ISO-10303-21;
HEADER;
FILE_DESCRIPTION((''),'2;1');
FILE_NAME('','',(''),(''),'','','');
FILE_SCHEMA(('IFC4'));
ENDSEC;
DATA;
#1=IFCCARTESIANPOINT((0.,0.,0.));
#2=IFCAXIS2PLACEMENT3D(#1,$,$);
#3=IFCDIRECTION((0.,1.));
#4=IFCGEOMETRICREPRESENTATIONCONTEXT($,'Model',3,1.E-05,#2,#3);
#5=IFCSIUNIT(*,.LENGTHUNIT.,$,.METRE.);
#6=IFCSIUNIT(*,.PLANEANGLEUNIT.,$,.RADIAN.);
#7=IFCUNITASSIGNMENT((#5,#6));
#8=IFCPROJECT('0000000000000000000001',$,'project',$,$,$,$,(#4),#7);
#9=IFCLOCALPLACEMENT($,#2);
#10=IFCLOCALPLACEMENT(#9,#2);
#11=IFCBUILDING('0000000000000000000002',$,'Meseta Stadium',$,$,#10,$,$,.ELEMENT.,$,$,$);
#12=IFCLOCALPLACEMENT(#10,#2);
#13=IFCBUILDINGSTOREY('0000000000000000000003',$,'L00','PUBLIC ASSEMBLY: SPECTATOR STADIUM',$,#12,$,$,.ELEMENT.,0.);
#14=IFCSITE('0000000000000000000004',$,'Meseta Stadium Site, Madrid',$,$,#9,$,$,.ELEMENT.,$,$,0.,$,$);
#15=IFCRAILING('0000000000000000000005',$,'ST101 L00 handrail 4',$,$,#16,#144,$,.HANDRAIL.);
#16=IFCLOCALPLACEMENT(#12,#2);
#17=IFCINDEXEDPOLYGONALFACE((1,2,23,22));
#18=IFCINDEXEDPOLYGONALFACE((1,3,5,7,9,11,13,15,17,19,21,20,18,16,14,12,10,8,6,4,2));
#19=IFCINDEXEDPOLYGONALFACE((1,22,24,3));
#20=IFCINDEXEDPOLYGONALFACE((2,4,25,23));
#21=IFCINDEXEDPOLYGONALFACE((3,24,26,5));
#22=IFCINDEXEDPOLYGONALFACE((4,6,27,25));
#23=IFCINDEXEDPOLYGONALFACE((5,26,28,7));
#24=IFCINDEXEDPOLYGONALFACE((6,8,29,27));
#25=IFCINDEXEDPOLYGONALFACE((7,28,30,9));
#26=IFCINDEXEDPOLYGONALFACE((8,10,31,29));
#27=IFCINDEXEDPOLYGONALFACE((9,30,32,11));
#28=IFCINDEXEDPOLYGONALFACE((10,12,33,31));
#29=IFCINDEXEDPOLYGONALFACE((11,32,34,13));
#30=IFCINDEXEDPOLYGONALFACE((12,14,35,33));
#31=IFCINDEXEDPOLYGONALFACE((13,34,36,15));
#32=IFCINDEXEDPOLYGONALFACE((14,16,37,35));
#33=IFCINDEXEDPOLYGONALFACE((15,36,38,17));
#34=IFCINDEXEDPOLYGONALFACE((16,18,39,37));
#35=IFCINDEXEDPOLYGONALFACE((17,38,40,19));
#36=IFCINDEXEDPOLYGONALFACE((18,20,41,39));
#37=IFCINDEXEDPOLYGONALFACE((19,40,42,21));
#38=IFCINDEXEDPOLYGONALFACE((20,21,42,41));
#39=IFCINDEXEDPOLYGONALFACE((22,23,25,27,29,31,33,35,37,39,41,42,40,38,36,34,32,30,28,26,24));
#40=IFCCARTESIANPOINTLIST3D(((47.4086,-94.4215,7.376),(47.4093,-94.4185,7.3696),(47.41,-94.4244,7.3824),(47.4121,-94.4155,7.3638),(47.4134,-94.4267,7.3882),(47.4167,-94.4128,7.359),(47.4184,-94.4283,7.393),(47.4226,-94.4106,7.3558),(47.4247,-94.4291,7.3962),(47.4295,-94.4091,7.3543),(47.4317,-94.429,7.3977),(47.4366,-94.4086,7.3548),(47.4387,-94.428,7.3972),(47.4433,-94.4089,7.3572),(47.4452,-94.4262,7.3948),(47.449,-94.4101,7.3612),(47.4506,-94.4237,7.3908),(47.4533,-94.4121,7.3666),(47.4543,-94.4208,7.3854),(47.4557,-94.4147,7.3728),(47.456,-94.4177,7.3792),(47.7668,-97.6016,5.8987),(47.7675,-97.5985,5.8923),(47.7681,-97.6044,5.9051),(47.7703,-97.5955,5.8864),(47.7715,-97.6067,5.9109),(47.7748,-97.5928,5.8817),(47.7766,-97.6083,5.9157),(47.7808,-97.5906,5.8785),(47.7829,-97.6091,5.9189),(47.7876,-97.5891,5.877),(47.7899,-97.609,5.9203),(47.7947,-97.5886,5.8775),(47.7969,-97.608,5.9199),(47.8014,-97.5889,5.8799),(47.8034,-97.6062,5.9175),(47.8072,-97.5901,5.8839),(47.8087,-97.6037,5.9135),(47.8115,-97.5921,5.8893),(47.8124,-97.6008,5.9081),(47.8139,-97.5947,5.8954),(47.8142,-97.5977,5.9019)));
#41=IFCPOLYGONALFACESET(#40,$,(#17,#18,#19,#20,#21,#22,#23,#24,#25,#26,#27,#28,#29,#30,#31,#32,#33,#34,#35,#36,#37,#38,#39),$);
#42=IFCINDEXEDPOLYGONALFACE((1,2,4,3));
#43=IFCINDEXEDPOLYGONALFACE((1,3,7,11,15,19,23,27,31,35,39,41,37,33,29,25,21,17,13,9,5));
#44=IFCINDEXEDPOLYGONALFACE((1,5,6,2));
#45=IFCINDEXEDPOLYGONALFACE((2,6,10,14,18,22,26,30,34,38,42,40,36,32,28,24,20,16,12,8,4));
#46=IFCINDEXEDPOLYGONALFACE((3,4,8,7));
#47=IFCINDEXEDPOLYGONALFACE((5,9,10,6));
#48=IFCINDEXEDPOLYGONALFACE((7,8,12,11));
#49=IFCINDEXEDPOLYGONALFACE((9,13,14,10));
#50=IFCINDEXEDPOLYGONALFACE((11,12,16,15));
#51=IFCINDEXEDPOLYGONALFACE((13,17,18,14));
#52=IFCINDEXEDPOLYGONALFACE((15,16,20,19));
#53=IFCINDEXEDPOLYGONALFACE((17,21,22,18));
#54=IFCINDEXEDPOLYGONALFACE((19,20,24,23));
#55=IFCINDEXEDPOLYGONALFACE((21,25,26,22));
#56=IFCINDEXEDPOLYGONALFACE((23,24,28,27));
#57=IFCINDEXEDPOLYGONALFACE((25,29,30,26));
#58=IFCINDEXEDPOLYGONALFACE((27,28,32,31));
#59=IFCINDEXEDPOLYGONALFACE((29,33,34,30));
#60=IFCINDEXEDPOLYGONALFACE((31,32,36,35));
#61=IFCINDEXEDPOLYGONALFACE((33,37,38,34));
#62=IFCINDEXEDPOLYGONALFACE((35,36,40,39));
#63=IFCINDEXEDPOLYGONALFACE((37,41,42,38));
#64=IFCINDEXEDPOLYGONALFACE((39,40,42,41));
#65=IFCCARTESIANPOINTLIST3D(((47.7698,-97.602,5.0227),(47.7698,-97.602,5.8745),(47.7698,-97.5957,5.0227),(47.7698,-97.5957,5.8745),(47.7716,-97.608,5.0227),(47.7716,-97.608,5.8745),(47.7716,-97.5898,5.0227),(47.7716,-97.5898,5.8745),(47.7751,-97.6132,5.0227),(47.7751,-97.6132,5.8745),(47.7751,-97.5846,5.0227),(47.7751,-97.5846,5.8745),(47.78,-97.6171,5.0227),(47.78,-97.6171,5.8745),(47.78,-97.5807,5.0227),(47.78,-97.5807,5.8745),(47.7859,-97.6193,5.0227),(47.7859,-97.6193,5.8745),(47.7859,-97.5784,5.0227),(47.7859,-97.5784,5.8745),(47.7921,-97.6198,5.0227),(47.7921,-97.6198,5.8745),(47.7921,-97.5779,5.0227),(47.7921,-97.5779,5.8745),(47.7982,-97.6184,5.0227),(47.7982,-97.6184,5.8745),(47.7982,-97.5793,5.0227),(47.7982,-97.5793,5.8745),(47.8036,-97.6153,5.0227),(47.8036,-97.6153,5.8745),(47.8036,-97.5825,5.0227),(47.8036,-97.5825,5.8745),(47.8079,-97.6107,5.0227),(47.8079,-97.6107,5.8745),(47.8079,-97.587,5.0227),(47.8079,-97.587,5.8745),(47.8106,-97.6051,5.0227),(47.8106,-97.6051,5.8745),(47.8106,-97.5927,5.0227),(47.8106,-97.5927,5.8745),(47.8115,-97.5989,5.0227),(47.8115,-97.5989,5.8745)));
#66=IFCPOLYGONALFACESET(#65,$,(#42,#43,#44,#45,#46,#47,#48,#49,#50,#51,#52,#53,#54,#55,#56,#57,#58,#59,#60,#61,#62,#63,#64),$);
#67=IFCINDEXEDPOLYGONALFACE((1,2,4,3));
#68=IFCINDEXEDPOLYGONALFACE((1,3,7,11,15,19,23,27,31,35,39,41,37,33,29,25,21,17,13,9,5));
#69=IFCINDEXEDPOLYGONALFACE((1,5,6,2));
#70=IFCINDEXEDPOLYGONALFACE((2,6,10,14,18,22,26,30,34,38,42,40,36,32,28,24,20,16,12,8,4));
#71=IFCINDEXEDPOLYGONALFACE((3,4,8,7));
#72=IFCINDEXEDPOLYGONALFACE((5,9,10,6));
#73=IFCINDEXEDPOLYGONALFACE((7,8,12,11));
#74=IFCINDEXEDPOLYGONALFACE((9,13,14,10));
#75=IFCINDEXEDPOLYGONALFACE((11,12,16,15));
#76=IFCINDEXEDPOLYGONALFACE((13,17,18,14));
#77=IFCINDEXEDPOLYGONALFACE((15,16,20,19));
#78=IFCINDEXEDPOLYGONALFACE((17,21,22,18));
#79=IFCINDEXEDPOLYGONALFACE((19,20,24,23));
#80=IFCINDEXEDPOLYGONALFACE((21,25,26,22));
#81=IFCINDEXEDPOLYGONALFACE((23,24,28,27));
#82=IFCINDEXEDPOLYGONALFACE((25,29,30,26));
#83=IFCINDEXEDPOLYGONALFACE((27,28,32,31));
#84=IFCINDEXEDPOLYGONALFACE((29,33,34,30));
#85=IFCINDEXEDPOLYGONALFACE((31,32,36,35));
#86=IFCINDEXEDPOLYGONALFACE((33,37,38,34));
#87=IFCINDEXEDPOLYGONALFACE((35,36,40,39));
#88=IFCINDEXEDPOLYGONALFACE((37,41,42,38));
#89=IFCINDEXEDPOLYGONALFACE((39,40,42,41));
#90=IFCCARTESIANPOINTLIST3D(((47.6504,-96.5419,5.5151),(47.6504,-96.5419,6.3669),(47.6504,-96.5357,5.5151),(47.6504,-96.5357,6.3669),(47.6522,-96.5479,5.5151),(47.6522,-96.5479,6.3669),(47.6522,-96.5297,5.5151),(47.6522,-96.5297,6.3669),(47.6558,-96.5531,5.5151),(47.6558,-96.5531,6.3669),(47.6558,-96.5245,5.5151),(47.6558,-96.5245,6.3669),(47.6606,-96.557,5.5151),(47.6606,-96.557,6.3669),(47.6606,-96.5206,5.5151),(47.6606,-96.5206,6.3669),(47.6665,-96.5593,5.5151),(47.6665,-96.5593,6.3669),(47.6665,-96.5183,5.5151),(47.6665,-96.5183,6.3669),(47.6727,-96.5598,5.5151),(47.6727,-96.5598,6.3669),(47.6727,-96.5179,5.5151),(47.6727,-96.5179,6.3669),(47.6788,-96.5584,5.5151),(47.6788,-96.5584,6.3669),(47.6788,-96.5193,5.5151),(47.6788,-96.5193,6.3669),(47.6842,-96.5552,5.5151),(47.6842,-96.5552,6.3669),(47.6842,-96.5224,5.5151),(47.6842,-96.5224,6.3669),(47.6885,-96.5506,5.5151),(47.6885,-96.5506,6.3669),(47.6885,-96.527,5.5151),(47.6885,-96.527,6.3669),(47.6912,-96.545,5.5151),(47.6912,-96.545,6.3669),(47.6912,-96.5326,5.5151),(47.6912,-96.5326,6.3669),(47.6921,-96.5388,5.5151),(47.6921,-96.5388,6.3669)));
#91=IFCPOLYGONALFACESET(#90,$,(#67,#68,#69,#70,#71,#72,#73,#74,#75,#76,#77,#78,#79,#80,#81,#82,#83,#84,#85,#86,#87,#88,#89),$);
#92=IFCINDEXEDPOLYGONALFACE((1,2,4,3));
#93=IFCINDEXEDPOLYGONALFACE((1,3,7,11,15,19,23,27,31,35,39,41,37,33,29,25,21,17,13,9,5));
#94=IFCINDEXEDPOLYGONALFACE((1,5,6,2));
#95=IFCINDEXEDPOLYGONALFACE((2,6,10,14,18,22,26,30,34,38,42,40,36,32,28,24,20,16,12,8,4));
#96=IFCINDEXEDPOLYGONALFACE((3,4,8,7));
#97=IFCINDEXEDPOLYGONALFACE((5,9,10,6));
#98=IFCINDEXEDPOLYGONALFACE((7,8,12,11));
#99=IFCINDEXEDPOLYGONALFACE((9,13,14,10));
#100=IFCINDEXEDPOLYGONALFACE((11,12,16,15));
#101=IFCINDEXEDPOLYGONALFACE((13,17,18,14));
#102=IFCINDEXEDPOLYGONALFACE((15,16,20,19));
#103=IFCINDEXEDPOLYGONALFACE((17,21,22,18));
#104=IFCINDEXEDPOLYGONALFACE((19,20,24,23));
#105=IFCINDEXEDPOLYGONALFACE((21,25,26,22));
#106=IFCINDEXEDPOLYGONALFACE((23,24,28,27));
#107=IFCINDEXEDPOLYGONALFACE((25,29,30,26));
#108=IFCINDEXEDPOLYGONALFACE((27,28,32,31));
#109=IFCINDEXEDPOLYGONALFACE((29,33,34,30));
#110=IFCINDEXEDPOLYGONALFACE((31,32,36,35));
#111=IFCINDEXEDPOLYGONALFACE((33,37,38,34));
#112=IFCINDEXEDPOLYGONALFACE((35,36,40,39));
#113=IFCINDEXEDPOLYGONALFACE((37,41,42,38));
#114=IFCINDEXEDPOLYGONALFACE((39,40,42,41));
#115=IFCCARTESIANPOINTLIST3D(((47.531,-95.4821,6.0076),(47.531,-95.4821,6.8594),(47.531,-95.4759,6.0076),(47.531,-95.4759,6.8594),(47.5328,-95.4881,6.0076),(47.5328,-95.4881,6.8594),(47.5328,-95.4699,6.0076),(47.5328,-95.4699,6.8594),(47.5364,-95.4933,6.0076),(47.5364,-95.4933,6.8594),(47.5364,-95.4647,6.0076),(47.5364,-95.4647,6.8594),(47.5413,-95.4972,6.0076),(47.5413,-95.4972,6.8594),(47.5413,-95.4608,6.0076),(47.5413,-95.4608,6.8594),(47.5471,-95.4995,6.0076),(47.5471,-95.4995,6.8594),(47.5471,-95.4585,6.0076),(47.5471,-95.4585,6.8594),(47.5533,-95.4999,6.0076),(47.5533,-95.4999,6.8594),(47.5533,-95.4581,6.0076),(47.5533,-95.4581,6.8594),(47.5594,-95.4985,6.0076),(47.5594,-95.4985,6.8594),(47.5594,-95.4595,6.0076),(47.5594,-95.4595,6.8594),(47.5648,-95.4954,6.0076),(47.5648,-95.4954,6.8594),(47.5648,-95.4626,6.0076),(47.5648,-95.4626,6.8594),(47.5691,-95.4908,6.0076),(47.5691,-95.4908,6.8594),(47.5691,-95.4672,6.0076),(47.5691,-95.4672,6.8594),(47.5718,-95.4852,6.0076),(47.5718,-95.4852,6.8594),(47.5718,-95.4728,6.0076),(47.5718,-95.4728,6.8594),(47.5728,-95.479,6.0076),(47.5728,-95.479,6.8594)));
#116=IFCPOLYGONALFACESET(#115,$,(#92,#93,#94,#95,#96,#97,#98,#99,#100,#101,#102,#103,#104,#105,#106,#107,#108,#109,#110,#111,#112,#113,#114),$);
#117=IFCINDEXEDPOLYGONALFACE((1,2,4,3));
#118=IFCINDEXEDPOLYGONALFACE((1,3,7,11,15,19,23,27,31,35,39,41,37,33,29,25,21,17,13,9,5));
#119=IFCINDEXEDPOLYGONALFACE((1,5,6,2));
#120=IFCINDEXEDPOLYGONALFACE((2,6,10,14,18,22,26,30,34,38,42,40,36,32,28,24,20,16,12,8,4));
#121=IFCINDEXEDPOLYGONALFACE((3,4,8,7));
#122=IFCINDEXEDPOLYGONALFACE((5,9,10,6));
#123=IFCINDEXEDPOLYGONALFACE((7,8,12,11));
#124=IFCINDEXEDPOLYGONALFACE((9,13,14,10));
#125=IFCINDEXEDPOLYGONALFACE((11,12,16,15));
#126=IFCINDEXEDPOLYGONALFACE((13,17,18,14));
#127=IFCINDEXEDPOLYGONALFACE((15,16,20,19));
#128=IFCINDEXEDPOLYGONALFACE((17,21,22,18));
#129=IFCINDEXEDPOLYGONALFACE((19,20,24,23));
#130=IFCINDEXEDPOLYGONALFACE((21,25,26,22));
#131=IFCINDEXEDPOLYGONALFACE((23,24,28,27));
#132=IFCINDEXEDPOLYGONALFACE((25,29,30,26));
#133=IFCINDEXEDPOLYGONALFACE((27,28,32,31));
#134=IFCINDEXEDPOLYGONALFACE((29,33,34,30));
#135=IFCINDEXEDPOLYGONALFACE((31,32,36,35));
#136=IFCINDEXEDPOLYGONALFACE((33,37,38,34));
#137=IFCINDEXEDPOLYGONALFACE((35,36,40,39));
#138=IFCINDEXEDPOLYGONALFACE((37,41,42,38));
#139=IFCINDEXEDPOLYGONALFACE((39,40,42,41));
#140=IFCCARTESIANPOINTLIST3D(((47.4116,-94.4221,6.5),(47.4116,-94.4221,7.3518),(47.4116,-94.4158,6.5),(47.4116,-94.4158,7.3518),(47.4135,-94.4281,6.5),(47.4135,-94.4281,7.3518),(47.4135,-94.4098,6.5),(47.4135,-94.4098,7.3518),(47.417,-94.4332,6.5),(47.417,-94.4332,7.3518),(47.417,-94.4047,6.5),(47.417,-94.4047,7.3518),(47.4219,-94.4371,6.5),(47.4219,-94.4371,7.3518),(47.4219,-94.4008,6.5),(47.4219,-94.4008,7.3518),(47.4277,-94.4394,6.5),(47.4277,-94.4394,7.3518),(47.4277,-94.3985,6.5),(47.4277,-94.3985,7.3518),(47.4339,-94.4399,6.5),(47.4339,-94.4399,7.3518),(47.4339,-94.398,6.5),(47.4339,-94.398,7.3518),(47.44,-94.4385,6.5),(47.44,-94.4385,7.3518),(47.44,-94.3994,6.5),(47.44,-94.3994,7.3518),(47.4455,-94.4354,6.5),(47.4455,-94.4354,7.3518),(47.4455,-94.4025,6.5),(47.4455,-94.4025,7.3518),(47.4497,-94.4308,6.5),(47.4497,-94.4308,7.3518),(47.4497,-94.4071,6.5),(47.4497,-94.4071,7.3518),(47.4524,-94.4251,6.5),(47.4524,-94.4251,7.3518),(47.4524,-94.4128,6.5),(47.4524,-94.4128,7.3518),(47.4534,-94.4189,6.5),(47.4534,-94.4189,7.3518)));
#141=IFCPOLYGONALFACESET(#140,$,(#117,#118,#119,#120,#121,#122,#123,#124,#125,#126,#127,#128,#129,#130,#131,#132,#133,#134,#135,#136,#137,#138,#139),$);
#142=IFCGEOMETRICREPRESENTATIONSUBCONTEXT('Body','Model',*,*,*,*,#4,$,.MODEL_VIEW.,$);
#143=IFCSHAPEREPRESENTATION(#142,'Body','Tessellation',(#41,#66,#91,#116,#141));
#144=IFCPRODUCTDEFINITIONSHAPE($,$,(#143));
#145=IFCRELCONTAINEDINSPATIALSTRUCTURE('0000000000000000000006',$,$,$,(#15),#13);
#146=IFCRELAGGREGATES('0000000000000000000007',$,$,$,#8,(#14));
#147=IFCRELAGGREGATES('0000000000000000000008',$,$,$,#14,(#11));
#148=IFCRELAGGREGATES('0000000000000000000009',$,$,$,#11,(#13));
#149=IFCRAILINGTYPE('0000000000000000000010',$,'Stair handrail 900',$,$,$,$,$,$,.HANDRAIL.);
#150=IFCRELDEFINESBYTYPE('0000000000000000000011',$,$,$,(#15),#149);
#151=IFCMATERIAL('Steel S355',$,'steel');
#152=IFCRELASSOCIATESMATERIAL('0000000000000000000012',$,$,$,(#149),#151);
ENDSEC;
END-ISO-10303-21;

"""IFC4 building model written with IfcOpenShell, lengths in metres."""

from ifc_helpers import new_model, si_unit, direction, frame, origin, origin_2d, place, context, subcontext, project, spatial, circle, extrude, material, type_object, element, save


model = new_model("IFC4")

# Units and contexts
model_context = context("Model", 3, precision=1e-05, world=origin(), true_north=direction((0.0, 1.0)))
body_context = subcontext(model_context, "Body", "Model", "MODEL_VIEW")
ifc_project = project(units=[si_unit("LENGTHUNIT", "METRE"), si_unit("PLANEANGLEUNIT", "RADIAN")], contexts=[model_context])

# Site, building, storey
site_placement = place(None, origin())
site = spatial("IfcSite", under=ifc_project, at=site_placement, Name="Meseta Stadium Site, Madrid", CompositionType="ELEMENT", RefElevation=0.0)
building_placement = place(site_placement, origin())
building = spatial("IfcBuilding", under=site, at=building_placement, Name="Meseta Stadium", CompositionType="ELEMENT")
storey_placement = place(building_placement, origin())
storey = spatial("IfcBuildingStorey", under=building, at=storey_placement, Name="L00", Description="PUBLIC ASSEMBLY: SPECTATOR STADIUM", CompositionType="ELEMENT", Elevation=0.0)

# Railing
ifc_material_1 = material(Name="Steel S355", Category="steel")
railing_type_1 = type_object("IfcRailingType", Name="Stair handrail 900", PredefinedType="HANDRAIL", material=ifc_material_1)
for number, where, name in (
    (1, (47.7905, -97.5989, 5.0227), "ST101 L00 handrail 4"),
):
    element("IfcRailing", number, at=place(storey_placement, frame(where)), inside=storey, type_object=railing_type_1, Name=name, PredefinedType="HANDRAIL", context=body_context, shape_type="SweptSolid", body=[
        extrude(circle(Radius=0.0239, at=origin_2d()), frame((0.0, 0.0, 0.876), z_axis=(-0.101616, 0.902217, 0.419141), x_axis=(-0.993717, -0.111922, 0.0)), (0.0, 0.0, 1.0), 3.5247),
        extrude(circle(Radius=0.021, at=origin_2d()), origin(), (0.0, 0.0, 1.0), 0.8518),
        extrude(circle(Radius=0.021, at=origin_2d()), frame((-0.1194, 1.0601, 0.4924)), (0.0, 0.0, 1.0), 0.8518),
        extrude(circle(Radius=0.021, at=origin_2d()), frame((-0.2388, 2.1199, 0.9849)), (0.0, 0.0, 1.0), 0.8518),
        extrude(circle(Radius=0.021, at=origin_2d()), frame((-0.3582, 3.1799, 1.4773)), (0.0, 0.0, 1.0), 0.8518),
    ])

save(model, "model.ifc")
